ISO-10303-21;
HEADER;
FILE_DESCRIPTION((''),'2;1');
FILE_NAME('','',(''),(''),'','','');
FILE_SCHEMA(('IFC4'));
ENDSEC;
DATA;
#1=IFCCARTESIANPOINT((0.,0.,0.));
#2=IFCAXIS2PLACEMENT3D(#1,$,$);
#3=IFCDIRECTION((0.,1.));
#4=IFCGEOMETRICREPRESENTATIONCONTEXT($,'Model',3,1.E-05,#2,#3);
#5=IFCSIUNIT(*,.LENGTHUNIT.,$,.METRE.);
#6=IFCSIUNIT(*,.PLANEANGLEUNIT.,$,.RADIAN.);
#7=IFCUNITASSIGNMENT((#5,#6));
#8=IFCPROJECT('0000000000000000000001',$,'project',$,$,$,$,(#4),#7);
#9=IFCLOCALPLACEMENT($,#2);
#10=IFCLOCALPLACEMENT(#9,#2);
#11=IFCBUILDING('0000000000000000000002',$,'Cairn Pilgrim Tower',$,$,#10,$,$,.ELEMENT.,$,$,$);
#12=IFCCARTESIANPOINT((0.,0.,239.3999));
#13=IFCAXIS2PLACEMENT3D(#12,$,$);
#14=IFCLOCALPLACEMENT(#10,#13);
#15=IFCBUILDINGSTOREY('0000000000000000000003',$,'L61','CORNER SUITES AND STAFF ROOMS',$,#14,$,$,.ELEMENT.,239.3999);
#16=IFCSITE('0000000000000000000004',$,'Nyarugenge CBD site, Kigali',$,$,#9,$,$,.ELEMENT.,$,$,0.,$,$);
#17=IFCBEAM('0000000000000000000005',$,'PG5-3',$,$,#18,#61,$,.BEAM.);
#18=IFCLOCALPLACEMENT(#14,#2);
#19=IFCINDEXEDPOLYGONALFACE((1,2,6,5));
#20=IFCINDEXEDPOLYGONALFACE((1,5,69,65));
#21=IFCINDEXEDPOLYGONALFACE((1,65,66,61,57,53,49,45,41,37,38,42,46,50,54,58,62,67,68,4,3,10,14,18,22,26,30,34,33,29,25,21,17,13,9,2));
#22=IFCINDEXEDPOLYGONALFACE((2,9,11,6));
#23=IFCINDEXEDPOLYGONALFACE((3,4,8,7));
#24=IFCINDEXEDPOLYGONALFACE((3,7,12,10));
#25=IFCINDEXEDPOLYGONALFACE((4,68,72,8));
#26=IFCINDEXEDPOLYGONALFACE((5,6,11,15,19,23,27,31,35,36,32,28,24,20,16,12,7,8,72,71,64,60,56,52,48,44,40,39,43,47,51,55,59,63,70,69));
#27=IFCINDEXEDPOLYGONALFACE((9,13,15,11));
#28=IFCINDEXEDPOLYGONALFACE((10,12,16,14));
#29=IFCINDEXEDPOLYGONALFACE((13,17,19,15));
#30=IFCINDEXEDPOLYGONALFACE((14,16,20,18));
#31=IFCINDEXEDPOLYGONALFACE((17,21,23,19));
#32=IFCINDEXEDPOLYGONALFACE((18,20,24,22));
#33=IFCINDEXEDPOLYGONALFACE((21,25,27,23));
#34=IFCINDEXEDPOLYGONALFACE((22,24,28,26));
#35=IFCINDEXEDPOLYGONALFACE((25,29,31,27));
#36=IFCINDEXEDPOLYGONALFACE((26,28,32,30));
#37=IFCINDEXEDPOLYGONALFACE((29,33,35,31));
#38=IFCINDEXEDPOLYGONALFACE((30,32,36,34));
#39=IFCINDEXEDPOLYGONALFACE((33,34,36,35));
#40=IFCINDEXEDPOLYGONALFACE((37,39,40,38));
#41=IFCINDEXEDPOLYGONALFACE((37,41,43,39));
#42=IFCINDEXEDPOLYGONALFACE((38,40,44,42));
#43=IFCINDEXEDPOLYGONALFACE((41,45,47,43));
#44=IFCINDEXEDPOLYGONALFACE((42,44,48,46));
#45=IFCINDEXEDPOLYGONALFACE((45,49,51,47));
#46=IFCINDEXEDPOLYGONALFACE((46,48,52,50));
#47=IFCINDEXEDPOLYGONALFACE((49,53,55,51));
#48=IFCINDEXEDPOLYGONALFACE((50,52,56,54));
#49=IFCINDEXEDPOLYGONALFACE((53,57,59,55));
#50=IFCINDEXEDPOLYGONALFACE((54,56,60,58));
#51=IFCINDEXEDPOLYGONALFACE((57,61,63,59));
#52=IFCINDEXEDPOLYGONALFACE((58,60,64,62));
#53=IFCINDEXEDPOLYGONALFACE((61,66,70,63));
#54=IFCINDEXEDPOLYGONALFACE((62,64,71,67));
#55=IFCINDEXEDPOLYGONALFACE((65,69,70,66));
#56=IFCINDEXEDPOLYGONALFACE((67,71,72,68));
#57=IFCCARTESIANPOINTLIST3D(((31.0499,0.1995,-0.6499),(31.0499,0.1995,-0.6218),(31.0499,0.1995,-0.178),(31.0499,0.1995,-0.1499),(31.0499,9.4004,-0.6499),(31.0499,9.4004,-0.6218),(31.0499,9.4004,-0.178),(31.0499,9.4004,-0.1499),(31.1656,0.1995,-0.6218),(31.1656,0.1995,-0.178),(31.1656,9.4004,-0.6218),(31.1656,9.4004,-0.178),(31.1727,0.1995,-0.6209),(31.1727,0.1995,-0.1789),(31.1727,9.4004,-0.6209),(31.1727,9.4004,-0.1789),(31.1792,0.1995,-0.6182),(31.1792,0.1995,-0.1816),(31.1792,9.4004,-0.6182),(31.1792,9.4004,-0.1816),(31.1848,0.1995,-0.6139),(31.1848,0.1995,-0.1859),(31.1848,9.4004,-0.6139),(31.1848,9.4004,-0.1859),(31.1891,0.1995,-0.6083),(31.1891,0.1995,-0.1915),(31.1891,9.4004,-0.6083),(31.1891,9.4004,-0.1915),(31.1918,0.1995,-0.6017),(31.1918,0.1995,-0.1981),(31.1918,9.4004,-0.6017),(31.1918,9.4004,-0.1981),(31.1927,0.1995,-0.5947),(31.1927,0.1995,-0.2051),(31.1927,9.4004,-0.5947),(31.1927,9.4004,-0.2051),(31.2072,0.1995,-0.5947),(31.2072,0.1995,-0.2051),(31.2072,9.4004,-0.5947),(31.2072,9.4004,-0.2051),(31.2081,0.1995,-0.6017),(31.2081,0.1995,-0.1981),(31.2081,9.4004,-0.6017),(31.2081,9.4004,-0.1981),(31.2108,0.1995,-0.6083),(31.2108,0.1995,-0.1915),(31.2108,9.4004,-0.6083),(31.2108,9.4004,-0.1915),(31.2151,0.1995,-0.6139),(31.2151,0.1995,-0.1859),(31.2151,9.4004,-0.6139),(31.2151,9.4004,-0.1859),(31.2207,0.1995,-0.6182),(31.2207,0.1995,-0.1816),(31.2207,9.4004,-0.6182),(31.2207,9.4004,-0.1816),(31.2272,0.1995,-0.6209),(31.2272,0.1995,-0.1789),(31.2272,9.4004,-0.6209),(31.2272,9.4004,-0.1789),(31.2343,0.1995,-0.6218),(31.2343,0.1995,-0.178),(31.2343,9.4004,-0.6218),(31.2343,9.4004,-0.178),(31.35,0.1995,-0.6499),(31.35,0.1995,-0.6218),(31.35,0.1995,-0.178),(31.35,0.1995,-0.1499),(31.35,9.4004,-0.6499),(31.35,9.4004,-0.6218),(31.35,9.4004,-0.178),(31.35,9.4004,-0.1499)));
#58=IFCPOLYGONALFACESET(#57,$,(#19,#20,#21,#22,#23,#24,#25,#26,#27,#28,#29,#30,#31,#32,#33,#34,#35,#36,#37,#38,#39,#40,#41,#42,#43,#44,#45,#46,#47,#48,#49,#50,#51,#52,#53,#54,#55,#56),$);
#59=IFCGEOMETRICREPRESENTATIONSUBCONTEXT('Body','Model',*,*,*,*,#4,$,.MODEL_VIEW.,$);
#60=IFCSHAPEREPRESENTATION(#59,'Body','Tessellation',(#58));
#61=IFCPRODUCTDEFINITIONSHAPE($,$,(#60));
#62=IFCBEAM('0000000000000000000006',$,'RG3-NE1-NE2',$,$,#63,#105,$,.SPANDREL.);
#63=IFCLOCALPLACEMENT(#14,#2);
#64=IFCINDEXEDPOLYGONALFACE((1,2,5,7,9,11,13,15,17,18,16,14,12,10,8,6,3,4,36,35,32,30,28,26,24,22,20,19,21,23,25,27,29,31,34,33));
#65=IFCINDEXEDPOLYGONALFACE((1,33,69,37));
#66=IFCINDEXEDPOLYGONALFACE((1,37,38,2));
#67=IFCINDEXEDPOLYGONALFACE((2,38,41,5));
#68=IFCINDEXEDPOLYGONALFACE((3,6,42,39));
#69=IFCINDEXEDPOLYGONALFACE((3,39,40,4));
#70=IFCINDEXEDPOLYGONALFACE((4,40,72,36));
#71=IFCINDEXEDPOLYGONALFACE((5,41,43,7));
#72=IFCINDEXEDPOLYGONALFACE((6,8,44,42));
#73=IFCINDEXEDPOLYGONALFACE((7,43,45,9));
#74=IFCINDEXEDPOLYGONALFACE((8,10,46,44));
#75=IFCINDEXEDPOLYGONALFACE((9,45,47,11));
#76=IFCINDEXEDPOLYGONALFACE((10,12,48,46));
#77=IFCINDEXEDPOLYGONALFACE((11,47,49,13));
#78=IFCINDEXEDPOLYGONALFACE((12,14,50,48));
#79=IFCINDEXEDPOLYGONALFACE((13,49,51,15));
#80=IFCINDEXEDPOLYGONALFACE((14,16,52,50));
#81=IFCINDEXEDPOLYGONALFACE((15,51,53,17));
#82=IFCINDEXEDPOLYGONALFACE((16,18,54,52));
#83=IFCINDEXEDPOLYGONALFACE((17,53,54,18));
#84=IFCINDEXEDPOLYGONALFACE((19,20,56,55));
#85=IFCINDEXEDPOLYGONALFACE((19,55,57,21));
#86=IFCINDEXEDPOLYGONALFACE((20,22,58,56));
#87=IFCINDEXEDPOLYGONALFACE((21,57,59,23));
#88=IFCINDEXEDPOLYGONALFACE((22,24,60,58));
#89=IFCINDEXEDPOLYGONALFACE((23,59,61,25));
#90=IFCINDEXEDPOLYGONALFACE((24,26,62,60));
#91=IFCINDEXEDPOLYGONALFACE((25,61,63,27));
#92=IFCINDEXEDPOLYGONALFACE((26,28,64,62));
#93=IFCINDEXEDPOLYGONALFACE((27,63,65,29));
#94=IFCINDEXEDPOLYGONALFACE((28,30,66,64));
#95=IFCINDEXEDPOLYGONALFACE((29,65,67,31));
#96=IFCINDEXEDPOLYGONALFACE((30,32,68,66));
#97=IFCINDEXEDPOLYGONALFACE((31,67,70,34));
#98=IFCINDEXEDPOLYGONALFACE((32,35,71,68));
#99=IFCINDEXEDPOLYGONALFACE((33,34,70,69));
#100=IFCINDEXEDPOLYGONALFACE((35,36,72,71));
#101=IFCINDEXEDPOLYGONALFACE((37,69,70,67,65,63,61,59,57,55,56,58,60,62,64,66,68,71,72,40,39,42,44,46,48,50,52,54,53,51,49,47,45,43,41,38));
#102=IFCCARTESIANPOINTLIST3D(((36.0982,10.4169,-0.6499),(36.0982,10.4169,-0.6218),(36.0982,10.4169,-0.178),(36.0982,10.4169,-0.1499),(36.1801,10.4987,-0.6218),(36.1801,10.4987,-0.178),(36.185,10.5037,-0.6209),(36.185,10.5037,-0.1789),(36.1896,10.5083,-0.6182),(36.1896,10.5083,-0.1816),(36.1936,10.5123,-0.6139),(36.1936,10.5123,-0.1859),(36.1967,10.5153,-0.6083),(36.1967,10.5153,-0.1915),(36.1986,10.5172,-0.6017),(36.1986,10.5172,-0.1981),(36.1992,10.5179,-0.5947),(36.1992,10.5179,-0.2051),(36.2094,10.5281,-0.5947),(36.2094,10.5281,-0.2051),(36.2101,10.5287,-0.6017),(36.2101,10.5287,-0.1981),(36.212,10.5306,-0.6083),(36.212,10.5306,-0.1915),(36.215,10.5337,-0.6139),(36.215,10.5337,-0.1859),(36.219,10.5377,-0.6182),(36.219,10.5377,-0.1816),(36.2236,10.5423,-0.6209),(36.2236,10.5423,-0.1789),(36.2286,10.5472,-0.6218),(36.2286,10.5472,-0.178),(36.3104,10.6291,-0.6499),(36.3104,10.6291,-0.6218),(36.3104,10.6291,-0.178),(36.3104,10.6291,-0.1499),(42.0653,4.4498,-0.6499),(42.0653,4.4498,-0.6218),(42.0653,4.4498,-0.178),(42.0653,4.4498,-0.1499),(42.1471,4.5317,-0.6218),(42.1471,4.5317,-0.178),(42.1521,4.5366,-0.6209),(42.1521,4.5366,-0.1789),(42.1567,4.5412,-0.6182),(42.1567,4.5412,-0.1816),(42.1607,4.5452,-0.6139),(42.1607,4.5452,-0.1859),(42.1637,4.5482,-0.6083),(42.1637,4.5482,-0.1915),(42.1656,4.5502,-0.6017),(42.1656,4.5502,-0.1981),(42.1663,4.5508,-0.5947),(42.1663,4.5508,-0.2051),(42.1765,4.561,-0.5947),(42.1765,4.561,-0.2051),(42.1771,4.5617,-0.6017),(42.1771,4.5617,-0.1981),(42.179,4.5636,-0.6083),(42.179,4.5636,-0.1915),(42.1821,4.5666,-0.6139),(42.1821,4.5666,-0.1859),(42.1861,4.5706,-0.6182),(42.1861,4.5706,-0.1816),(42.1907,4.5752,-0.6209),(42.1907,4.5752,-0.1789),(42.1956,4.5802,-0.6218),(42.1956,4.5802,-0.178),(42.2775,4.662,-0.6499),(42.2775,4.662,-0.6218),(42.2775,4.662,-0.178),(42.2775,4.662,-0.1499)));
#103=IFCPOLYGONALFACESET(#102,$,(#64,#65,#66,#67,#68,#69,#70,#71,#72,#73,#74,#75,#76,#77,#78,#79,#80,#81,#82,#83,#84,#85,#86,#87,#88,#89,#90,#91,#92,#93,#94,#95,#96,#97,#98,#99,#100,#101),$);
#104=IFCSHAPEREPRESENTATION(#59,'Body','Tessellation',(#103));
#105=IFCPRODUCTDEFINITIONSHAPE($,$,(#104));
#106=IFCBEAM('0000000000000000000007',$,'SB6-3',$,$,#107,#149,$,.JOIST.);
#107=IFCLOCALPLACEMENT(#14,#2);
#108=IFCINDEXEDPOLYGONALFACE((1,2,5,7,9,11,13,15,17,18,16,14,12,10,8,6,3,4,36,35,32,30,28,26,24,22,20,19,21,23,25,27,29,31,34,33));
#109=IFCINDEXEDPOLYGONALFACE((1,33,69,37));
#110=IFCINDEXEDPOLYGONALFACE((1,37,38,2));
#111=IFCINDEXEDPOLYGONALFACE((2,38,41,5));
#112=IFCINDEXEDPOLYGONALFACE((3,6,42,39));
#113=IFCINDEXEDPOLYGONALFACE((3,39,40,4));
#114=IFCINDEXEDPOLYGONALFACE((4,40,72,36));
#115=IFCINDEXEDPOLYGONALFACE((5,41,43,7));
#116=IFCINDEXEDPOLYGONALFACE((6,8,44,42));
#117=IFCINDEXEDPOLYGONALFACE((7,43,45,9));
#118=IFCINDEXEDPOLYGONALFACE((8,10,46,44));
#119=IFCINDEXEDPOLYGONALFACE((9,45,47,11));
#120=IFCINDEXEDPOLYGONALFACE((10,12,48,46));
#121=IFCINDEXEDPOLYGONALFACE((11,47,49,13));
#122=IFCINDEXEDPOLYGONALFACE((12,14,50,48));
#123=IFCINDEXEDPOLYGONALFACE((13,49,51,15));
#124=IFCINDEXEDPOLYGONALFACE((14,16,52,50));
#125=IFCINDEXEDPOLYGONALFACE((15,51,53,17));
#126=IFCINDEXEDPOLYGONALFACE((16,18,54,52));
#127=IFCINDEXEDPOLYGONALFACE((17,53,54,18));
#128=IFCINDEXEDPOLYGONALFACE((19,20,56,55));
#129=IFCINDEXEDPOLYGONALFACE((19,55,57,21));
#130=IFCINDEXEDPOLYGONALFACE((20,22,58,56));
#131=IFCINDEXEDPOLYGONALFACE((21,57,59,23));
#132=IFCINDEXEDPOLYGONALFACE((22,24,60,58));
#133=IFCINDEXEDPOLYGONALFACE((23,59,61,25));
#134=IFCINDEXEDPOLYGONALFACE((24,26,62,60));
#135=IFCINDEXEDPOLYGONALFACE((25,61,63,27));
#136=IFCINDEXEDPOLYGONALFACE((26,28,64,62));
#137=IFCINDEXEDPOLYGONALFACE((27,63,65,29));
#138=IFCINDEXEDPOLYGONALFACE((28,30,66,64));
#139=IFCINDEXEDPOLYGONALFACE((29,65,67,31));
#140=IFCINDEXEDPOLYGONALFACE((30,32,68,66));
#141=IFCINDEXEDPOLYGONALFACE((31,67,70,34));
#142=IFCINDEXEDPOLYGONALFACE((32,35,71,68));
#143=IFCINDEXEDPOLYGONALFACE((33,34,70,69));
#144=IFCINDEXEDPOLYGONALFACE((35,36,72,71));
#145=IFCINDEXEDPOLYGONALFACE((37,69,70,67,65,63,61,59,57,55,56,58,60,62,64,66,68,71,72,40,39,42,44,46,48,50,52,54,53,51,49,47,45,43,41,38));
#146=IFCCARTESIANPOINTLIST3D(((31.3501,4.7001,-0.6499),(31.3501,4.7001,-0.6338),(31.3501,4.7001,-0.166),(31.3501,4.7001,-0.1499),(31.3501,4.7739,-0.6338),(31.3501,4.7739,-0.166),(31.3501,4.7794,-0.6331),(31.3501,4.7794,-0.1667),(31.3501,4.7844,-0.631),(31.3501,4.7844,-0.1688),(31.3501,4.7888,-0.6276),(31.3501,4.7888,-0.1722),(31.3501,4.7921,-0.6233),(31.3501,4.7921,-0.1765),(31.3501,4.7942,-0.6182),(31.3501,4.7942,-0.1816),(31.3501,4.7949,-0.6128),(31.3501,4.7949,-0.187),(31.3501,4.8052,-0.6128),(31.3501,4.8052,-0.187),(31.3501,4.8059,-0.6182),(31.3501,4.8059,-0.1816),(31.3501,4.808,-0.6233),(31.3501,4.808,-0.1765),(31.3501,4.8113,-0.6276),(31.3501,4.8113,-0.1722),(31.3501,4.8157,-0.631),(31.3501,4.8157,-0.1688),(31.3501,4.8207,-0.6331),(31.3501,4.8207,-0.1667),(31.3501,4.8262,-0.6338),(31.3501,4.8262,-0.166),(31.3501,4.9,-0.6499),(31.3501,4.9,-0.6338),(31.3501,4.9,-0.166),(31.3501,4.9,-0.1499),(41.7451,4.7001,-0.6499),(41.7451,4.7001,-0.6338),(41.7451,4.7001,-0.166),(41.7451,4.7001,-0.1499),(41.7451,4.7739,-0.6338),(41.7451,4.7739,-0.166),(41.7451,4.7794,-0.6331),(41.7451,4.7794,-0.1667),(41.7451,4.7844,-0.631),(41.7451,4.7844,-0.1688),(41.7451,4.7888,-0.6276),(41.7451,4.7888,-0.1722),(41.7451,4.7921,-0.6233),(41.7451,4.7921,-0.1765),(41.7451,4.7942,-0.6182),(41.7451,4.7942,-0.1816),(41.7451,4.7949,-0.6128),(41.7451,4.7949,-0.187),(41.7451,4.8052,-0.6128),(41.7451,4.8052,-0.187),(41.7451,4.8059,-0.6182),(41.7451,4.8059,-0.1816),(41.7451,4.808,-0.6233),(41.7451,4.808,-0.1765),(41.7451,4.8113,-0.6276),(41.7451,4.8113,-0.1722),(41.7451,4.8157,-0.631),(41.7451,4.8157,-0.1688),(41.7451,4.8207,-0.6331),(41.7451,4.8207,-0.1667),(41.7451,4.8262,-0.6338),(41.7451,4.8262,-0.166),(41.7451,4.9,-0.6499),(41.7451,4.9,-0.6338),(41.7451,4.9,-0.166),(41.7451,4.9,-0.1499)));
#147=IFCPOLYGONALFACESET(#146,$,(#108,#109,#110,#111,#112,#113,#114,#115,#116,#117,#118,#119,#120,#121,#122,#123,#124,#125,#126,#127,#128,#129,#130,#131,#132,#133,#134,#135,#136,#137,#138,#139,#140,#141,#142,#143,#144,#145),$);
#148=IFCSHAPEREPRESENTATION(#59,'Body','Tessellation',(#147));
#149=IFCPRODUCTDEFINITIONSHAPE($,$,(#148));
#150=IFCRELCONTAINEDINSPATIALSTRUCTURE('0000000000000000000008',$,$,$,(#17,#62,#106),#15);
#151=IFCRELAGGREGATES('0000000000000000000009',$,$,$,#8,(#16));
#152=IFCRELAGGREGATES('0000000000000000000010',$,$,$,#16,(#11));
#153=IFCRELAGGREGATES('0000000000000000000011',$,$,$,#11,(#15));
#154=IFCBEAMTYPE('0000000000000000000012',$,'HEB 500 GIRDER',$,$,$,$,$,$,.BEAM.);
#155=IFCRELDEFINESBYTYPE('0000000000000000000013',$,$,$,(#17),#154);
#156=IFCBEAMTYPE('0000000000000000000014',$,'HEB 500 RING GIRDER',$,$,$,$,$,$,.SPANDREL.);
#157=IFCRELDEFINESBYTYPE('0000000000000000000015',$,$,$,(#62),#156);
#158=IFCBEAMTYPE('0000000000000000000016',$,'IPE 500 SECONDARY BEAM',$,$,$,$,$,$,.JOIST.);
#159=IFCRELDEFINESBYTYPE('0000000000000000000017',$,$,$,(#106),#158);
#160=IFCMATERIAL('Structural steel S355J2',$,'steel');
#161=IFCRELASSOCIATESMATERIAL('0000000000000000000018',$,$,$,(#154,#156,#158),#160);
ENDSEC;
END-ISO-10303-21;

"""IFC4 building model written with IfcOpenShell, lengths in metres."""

from ifc_helpers import new_model, si_unit, direction, frame, origin, origin_2d, place, context, subcontext, project, spatial, i_section, extrude, material, material_profile, profile_set, type_object, element, save


model = new_model("IFC4")

# Units and contexts
model_context = context("Model", 3, precision=1e-05, world=origin(), true_north=direction((0.0, 1.0)))
body_context = subcontext(model_context, "Body", "Model", "MODEL_VIEW")
ifc_project = project(units=[si_unit("LENGTHUNIT", "METRE"), si_unit("PLANEANGLEUNIT", "RADIAN")], contexts=[model_context])

# Site, building, storey
site_placement = place(None, origin())
site = spatial("IfcSite", under=ifc_project, at=site_placement, Name="Nyarugenge CBD site, Kigali", CompositionType="ELEMENT", RefElevation=0.0)
building_placement = place(site_placement, origin())
building = spatial("IfcBuilding", under=site, at=building_placement, Name="Cairn Pilgrim Tower", CompositionType="ELEMENT")
storey_placement = place(building_placement, frame((0.0, 0.0, 239.3999)))
storey = spatial("IfcBuildingStorey", under=building, at=storey_placement, Name="L61", Description="CORNER SUITES AND STAFF ROOMS", CompositionType="ELEMENT", Elevation=239.3999)

# Shared definitions
ifc_material_1 = material(Name="Structural steel S355J2", Category="steel")

# Beams
ifc_material_profile_1 = material_profile(ifc_material_1, i_section(OverallWidth=0.3, OverallDepth=0.5, WebThickness=0.0144, FlangeThickness=0.0281, FilletRadius=0.0271, at=origin_2d()), Name="HEB 500")
ifc_profile_set_1 = profile_set([ifc_material_profile_1], Name="Structural steel S355J2")
beam_type_1 = type_object("IfcBeamType", Name="HEB 500 GIRDER", PredefinedType="BEAM", material=ifc_profile_set_1)
beam_1_placement = place(storey_placement, frame((31.2, 0.1995, -0.3999), z_axis=(0.0, 1.0, 0.0), x_axis=(-1.0, 0.0, 0.0)))
element("IfcBeam", 1, at=beam_1_placement, inside=storey, type_object=beam_type_1, Name="PG5-3", PredefinedType="BEAM", context=body_context, shape_type="SweptSolid", body=[
    extrude(i_section(OverallWidth=0.3, OverallDepth=0.5, WebThickness=0.0144, FlangeThickness=0.0281, FilletRadius=0.0271, at=origin_2d()), origin(), (0.0, 0.0, 1.0), 9.2009),
])
ifc_material_profile_2 = material_profile(ifc_material_1, i_section(OverallWidth=0.3, OverallDepth=0.5, WebThickness=0.0144, FlangeThickness=0.0281, FilletRadius=0.0271, at=origin_2d()), Name="HEB 500")
ifc_profile_set_2 = profile_set([ifc_material_profile_2], Name="Structural steel S355J2")
beam_type_2 = type_object("IfcBeamType", Name="HEB 500 RING GIRDER", PredefinedType="SPANDREL", material=ifc_profile_set_2)
beam_2_placement = place(storey_placement, frame((42.1714, 4.5559, -0.3999), z_axis=(-0.707107, 0.707107, 0.0), x_axis=(-0.707107, -0.707107, 0.0)))
element("IfcBeam", 2, at=beam_2_placement, inside=storey, type_object=beam_type_2, Name="RG3-NE1-NE2", PredefinedType="SPANDREL", context=body_context, shape_type="SweptSolid", body=[
    extrude(i_section(OverallWidth=0.3, OverallDepth=0.5, WebThickness=0.0144, FlangeThickness=0.0281, FilletRadius=0.0271, at=origin_2d()), origin(), (0.0, 0.0, 1.0), 8.4387),
])
ifc_material_profile_3 = material_profile(ifc_material_1, i_section(OverallWidth=0.2, OverallDepth=0.5, WebThickness=0.0103, FlangeThickness=0.0161, FilletRadius=0.021, at=origin_2d()), Name="IPE 500")
ifc_profile_set_3 = profile_set([ifc_material_profile_3], Name="Structural steel S355J2")
beam_type_3 = type_object("IfcBeamType", Name="IPE 500 SECONDARY BEAM", PredefinedType="JOIST", material=ifc_profile_set_3)
beam_3_placement = place(storey_placement, frame((31.3501, 4.8, -0.3999), z_axis=(1.0, 0.0, 0.0), x_axis=(0.0, 1.0, 0.0)))
element("IfcBeam", 3, at=beam_3_placement, inside=storey, type_object=beam_type_3, Name="SB6-3", PredefinedType="JOIST", context=body_context, shape_type="SweptSolid", body=[
    extrude(i_section(OverallWidth=0.2, OverallDepth=0.5, WebThickness=0.0103, FlangeThickness=0.0161, FilletRadius=0.021, at=origin_2d()), origin(), (0.0, 0.0, 1.0), 10.395),
])

save(model, "model.ifc")
